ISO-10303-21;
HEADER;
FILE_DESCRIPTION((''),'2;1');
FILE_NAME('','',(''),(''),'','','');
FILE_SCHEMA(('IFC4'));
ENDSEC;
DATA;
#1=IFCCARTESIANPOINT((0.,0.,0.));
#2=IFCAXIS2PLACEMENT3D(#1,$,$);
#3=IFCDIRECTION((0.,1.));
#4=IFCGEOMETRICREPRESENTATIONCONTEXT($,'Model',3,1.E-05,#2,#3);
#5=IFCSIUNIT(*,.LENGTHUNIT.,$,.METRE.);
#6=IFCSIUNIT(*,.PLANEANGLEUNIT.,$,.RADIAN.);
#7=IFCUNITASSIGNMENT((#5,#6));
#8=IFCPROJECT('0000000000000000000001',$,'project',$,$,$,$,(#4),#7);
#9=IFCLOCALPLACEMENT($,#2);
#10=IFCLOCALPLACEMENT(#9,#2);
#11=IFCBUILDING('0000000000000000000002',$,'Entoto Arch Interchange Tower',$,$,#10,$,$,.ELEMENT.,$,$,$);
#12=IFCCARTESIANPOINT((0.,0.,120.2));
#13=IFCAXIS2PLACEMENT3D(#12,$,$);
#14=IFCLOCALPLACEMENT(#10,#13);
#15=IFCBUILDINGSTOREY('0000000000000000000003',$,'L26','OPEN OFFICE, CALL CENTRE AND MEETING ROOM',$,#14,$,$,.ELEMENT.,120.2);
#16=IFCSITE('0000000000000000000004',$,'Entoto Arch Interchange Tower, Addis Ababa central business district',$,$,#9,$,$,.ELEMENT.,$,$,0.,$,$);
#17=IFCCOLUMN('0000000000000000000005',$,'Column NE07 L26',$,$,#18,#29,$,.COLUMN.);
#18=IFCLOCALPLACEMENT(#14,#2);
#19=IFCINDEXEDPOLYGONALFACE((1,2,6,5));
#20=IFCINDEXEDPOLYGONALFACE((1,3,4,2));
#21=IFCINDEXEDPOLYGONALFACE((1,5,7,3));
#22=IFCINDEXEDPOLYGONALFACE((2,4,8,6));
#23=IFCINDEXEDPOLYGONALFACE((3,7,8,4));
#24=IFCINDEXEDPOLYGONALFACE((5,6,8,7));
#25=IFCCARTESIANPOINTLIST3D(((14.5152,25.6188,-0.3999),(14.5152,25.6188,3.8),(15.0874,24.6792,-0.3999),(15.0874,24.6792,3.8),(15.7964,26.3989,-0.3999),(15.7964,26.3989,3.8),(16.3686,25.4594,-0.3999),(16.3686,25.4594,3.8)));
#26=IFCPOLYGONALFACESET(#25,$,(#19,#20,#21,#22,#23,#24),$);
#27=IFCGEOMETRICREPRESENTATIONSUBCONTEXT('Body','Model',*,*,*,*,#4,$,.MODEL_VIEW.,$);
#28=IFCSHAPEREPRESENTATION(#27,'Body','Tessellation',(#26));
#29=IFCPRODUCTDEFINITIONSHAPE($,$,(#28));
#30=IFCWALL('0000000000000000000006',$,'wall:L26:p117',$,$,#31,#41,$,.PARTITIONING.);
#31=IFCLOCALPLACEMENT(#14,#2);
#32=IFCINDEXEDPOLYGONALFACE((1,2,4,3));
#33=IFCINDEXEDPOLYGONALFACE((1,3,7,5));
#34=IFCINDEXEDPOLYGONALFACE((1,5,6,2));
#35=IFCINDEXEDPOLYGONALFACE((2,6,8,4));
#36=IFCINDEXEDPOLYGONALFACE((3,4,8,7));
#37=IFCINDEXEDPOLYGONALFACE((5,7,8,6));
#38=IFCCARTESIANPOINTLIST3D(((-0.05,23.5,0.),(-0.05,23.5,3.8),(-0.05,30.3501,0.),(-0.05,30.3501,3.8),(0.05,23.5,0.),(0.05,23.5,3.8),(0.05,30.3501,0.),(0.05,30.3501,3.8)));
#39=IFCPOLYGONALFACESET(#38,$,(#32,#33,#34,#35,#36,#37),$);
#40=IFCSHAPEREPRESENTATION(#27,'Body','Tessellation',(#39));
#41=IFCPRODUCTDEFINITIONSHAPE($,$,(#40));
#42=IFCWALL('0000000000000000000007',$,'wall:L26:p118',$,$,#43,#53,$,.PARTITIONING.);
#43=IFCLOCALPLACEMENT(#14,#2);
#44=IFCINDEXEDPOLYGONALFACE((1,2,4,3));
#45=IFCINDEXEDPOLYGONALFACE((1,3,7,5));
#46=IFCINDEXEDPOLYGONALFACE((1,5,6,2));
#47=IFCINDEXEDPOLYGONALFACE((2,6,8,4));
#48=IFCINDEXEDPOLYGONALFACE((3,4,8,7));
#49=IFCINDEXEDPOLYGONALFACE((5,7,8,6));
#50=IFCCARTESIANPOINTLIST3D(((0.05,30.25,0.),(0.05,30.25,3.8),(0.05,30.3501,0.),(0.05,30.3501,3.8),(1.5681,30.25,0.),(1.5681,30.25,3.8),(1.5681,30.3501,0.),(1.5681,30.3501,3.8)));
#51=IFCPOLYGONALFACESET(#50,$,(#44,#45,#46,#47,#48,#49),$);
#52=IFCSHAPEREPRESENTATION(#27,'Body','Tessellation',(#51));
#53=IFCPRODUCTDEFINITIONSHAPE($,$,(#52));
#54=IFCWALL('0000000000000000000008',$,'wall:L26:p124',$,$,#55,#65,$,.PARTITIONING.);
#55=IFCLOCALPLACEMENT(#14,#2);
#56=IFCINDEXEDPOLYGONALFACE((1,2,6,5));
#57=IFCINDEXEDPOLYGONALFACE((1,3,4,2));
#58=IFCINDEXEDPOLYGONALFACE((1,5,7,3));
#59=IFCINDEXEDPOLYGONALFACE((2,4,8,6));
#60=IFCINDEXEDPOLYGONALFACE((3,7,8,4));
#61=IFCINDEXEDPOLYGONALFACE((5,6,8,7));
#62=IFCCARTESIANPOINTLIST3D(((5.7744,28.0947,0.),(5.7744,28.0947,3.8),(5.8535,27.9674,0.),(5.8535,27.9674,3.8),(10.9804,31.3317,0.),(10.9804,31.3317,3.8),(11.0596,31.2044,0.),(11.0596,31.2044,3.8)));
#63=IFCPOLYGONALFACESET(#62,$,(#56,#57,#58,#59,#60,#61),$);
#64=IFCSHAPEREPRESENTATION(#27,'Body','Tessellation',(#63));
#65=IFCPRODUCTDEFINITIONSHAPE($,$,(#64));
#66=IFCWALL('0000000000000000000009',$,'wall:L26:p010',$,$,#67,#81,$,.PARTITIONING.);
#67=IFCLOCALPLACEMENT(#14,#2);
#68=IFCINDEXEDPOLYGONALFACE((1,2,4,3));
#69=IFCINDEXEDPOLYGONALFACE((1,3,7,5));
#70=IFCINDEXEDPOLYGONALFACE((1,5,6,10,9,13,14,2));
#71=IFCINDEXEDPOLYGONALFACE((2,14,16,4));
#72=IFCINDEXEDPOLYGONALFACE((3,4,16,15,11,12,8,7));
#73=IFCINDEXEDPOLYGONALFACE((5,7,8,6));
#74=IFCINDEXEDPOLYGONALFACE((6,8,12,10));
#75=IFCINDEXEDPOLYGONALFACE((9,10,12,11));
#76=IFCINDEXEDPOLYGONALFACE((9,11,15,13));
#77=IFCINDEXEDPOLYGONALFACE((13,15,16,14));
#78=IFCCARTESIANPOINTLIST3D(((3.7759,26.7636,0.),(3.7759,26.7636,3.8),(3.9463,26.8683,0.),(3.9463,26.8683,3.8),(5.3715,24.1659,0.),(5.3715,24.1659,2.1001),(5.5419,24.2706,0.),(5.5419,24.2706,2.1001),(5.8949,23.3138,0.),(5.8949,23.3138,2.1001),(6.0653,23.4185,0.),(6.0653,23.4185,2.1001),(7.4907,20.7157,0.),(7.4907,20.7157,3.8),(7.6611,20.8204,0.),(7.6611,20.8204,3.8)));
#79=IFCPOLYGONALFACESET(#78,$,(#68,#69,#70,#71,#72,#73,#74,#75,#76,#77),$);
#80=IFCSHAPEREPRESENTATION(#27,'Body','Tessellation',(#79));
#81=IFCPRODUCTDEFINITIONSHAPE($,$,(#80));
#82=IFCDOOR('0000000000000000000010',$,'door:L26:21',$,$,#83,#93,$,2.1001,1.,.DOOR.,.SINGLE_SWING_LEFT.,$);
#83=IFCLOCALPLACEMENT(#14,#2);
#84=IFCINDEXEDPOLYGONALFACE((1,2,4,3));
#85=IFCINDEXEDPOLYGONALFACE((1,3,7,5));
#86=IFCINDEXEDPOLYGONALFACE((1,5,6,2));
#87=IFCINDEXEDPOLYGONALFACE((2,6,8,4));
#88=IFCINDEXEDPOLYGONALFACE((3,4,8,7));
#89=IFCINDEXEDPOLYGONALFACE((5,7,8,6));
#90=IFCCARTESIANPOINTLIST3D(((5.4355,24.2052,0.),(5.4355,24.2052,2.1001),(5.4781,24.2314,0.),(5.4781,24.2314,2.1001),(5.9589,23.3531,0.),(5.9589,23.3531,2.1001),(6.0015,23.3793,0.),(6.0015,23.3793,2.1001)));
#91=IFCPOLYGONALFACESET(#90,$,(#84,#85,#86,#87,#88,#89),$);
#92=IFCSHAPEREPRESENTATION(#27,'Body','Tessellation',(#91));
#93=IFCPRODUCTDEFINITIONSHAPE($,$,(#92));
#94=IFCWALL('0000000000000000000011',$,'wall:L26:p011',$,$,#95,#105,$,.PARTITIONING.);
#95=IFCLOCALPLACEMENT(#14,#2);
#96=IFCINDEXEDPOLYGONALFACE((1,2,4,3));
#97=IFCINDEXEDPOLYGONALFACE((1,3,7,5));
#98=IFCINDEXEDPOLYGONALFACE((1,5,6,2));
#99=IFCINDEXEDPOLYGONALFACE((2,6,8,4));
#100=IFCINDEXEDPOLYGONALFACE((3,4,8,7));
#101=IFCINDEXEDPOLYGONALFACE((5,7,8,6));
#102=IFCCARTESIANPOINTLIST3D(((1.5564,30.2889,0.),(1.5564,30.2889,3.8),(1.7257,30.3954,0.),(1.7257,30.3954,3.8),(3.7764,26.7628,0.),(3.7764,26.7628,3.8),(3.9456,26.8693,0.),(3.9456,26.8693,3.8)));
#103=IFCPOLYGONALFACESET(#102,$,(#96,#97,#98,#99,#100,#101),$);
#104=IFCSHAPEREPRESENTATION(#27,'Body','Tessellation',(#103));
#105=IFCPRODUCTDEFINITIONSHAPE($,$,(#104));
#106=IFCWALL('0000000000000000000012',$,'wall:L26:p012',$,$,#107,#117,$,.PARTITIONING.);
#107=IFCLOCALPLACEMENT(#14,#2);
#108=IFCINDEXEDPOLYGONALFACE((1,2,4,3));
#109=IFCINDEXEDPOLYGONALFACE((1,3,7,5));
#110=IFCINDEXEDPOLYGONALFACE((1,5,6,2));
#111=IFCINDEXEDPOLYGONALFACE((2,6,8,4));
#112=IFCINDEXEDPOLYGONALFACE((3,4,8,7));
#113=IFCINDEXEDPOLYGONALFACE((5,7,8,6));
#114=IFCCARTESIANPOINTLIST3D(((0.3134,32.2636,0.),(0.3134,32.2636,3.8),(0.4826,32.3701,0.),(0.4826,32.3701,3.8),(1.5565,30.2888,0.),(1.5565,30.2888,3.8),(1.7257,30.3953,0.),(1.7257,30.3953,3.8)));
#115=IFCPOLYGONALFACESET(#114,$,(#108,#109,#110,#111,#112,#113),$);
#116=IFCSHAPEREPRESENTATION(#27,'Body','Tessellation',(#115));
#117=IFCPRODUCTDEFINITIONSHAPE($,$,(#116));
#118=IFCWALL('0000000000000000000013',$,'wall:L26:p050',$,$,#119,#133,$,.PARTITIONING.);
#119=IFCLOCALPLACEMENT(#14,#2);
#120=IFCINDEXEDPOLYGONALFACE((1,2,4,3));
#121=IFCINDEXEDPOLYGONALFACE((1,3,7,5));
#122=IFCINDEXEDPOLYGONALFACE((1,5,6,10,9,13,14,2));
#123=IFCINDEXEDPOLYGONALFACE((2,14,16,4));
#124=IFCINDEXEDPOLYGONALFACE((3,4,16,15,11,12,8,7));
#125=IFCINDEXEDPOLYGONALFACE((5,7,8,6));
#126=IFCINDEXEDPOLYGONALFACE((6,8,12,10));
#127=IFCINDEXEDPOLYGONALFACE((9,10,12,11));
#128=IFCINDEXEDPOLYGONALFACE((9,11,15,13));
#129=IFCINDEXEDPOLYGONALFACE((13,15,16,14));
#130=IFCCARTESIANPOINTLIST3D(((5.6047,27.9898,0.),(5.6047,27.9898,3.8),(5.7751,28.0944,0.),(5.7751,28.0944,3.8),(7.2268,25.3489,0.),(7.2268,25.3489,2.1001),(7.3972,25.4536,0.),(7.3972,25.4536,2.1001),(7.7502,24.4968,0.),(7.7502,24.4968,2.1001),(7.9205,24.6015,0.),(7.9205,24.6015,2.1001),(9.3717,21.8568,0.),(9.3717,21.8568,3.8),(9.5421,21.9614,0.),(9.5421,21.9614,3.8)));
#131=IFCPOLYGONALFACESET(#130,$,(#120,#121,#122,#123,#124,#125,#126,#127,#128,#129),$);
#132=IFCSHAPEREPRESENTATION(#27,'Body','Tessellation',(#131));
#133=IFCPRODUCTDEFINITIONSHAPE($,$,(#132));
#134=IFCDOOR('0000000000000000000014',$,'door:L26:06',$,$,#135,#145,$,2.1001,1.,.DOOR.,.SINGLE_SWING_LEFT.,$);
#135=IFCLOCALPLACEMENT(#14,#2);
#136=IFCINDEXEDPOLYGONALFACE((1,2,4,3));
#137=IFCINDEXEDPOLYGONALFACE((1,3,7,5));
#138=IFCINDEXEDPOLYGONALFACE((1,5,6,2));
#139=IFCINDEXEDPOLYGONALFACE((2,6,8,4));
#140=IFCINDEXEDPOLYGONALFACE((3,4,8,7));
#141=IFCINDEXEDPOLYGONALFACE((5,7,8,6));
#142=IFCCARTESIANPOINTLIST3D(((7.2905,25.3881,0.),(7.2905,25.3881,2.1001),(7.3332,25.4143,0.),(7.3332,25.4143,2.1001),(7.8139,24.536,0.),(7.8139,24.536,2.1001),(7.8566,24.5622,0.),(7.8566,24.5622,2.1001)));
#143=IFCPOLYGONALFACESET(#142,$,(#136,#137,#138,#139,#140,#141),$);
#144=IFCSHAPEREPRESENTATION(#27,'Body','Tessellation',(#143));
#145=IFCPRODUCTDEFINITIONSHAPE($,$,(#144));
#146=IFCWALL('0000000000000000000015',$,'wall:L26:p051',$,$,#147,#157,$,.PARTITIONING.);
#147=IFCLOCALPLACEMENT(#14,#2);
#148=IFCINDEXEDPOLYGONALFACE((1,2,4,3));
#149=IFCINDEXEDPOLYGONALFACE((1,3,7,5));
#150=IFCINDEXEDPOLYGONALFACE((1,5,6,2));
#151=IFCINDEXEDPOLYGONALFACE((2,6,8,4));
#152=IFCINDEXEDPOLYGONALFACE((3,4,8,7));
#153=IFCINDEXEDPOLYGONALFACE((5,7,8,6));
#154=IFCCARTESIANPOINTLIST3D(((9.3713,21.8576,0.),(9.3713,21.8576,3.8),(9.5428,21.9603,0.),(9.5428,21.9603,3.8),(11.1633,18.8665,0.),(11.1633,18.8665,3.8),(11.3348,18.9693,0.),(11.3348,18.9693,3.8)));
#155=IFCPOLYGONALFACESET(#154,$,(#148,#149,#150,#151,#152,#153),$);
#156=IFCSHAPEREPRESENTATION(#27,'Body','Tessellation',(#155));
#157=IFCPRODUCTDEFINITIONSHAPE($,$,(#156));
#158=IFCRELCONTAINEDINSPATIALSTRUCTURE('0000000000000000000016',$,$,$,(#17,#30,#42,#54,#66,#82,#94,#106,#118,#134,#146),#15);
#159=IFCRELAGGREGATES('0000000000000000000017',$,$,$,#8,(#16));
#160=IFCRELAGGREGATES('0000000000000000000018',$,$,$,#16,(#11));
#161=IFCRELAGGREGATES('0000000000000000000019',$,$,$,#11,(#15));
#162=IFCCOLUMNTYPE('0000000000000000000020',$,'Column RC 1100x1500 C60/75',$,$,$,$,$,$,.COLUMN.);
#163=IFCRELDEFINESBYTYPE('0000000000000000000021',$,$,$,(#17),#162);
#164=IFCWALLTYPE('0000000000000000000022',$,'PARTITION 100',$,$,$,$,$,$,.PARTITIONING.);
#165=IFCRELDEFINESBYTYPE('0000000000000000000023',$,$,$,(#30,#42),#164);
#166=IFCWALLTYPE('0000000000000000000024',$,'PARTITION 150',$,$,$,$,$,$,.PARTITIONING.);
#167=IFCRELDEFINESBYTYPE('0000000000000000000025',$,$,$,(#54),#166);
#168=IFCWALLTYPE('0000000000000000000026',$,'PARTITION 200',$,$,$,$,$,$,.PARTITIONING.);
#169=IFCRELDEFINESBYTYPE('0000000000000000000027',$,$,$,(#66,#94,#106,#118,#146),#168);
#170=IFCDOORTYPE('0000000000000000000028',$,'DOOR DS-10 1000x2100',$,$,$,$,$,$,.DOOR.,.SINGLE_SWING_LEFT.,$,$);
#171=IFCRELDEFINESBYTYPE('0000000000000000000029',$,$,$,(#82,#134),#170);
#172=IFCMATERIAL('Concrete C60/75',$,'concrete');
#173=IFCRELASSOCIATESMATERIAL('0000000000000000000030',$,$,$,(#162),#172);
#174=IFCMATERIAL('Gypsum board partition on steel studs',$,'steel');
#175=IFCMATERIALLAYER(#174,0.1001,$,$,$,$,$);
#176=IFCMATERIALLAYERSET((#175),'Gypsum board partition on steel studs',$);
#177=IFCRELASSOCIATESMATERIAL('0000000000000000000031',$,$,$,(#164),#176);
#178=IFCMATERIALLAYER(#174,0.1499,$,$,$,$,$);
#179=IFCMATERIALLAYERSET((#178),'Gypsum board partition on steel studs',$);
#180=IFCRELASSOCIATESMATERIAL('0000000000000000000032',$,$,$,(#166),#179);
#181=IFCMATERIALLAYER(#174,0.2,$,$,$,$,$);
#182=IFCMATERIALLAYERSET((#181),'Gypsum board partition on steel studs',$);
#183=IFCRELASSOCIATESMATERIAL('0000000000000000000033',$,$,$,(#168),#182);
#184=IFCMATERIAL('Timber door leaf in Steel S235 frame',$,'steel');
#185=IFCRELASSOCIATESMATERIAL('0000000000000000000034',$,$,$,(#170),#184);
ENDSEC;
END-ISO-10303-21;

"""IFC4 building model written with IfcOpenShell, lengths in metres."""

from ifc_helpers import new_model, si_unit, direction, frame, frame_2d, origin, origin_2d, place, context, subcontext, project, spatial, rectangle, extrude, material, layer, layer_set, material_profile, profile_set, type_object, element, fill, save


model = new_model("IFC4")

# Units and contexts
model_context = context("Model", 3, precision=1e-05, world=origin(), true_north=direction((0.0, 1.0)))
body_context = subcontext(model_context, "Body", "Model", "MODEL_VIEW")
ifc_project = project(units=[si_unit("LENGTHUNIT", "METRE"), si_unit("PLANEANGLEUNIT", "RADIAN")], contexts=[model_context])

# Site, building, storey
site_placement = place(None, origin())
site = spatial("IfcSite", under=ifc_project, at=site_placement, Name="Entoto Arch Interchange Tower, Addis Ababa central business district", CompositionType="ELEMENT", RefElevation=0.0)
building_placement = place(site_placement, origin())
building = spatial("IfcBuilding", under=site, at=building_placement, Name="Entoto Arch Interchange Tower", CompositionType="ELEMENT")
storey_placement = place(building_placement, frame((0.0, 0.0, 120.2)))
storey = spatial("IfcBuildingStorey", under=building, at=storey_placement, Name="L26", Description="OPEN OFFICE, CALL CENTRE AND MEETING ROOM", CompositionType="ELEMENT", Elevation=120.2)

# Column
ifc_material_1 = material(Name="Concrete C60/75", Category="concrete")
ifc_material_profile = material_profile(ifc_material_1, rectangle(XDim=1.1001, YDim=1.5, at=origin_2d()))
ifc_profile_set = profile_set([ifc_material_profile], Name="Concrete C60/75")
column_type = type_object("IfcColumnType", Name="Column RC 1100x1500 C60/75", PredefinedType="COLUMN", material=ifc_profile_set)
column_placement = place(storey_placement, frame((15.4419, 25.5391, -0.3999), z_axis=(0.0, 0.0, 1.0), x_axis=(-0.520116, 0.854096, 0.0)))
element("IfcColumn", 1, at=column_placement, inside=storey, type_object=column_type, Name="Column NE07 L26", PredefinedType="COLUMN", context=body_context, shape_type="SweptSolid", body=[
    extrude(rectangle(XDim=1.1001, YDim=1.5, at=origin_2d()), origin(), (0.0, 0.0, 1.0), 4.2),
])

# Walls
ifc_material_2 = material(Name="Gypsum board partition on steel studs", Category="steel")
ifc_layer_1 = layer(ifc_material_2, 0.1001)
ifc_layer_set_1 = layer_set([ifc_layer_1], Name="Gypsum board partition on steel studs")
wall_type_1 = type_object("IfcWallType", Name="PARTITION 100", PredefinedType="PARTITIONING", material=ifc_layer_set_1)
wall_1_placement = place(storey_placement, frame((0.0, 23.5, 0.0), z_axis=(0.0, 0.0, 1.0), x_axis=(0.0, 1.0, 0.0)))
element("IfcWall", 2, at=wall_1_placement, inside=storey, type_object=wall_type_1, Name="wall:L26:p117", PredefinedType="PARTITIONING", context=body_context, shape_type="SweptSolid", body=[
    extrude(rectangle(XDim=6.8501, YDim=0.1001, at=frame_2d((3.425, 0.0))), origin(), (0.0, 0.0, 1.0), 3.8),
])
wall_2_placement = place(storey_placement, frame((0.05, 30.3, 0.0), z_axis=(0.0, 0.0, 1.0), x_axis=(1.0, 0.0, 0.0)))
element("IfcWall", 3, at=wall_2_placement, inside=storey, type_object=wall_type_1, Name="wall:L26:p118", PredefinedType="PARTITIONING", context=body_context, shape_type="SweptSolid", body=[
    extrude(rectangle(XDim=1.5181, YDim=0.1001, at=frame_2d((0.759, 0.0))), origin(), (0.0, 0.0, 1.0), 3.8),
])
ifc_layer_2 = layer(ifc_material_2, 0.1499)
ifc_layer_set_2 = layer_set([ifc_layer_2], Name="Gypsum board partition on steel studs")
wall_type_2 = type_object("IfcWallType", Name="PARTITION 150", PredefinedType="PARTITIONING", material=ifc_layer_set_2)
wall_3_placement = place(storey_placement, frame((5.814, 28.031, 0.0), z_axis=(0.0, 0.0, 1.0), x_axis=(0.849222, 0.528036, 0.0)))
element("IfcWall", 4, at=wall_3_placement, inside=storey, type_object=wall_type_2, Name="wall:L26:p124", PredefinedType="PARTITIONING", context=body_context, shape_type="SweptSolid", body=[
    extrude(rectangle(XDim=6.1304, YDim=0.1499, at=frame_2d((3.0652, 0.0))), origin(), (0.0, 0.0, 1.0), 3.8),
])

# Wall, opening, door
ifc_layer_3 = layer(ifc_material_2, 0.2)
ifc_layer_set_3 = layer_set([ifc_layer_3], Name="Gypsum board partition on steel studs")
wall_type_3 = type_object("IfcWallType", Name="PARTITION 200", PredefinedType="PARTITIONING", material=ifc_layer_set_3)
wall_4_placement = place(storey_placement, frame((7.5759, 20.7681, 0.0), z_axis=(0.0, 0.0, 1.0), x_axis=(-0.523391, 0.852093, 0.0)))
wall_4 = element("IfcWall", 5, at=wall_4_placement, inside=storey, type_object=wall_type_3, Name="wall:L26:p010", PredefinedType="PARTITIONING", context=body_context, shape_type="SweptSolid", body=[
    extrude(rectangle(XDim=7.0977, YDim=0.2, at=frame_2d((3.5488, 0.0))), origin(), (0.0, 0.0, 1.0), 3.8),
])
opening_1_placement = place(wall_4_placement, frame((3.0491, 0.0, 0.0)))
opening_1 = element("IfcOpeningElement", 6, at=opening_1_placement, cuts=wall_4, PredefinedType="OPENING", context=body_context, shape_type="SweptSolid", body=[
    extrude(rectangle(XDim=1.0, YDim=2.1001, at=frame_2d((0.5, 1.05))), frame((0.0, 0.1099, 0.0), z_axis=(0.0, -1.0, 0.0), x_axis=(1.0, 0.0, 0.0)), (0.0, 0.0, 1.0), 0.22),
])
ifc_material_3 = material(Name="Timber door leaf in Steel S235 frame", Category="steel")
door_type = type_object("IfcDoorType", Name="DOOR DS-10 1000x2100", OperationType="SINGLE_SWING_LEFT", PredefinedType="DOOR", material=ifc_material_3)
door_1_placement = place(opening_1_placement, origin())
door_1 = element("IfcDoor", 7, at=door_1_placement, inside=storey, type_object=door_type, Name="door:L26:21", OperationType="SINGLE_SWING_LEFT", OverallHeight=2.1001, OverallWidth=1.0, PredefinedType="DOOR", context=body_context, shape_type="SweptSolid", body=[
    extrude(rectangle(XDim=1.0, YDim=2.1001, at=frame_2d((0.5, 1.05))), frame((0.0, 0.0249, 0.0), z_axis=(0.0, -1.0, 0.0), x_axis=(1.0, 0.0, 0.0)), (0.0, 0.0, 1.0), 0.05),
])
fill(opening_1, door_1)

# Walls
wall_5_placement = place(storey_placement, frame((3.8611, 26.8159, 0.0), z_axis=(0.0, 0.0, 1.0), x_axis=(-0.532782, 0.846252, 0.0)))
element("IfcWall", 8, at=wall_5_placement, inside=storey, type_object=wall_type_3, Name="wall:L26:p011", PredefinedType="PARTITIONING", context=body_context, shape_type="SweptSolid", body=[
    extrude(rectangle(XDim=4.1667, YDim=0.2, at=frame_2d((2.0835, 0.0))), origin(), (0.0, 0.0, 1.0), 3.8),
])
wall_6_placement = place(storey_placement, frame((1.6411, 30.342, 0.0), z_axis=(0.0, 0.0, 1.0), x_axis=(-0.532733, 0.846284, 0.0)))
element("IfcWall", 9, at=wall_6_placement, inside=storey, type_object=wall_type_3, Name="wall:L26:p012", PredefinedType="PARTITIONING", context=body_context, shape_type="SweptSolid", body=[
    extrude(rectangle(XDim=2.3335, YDim=0.2, at=frame_2d((1.1667, 0.0))), origin(), (0.0, 0.0, 1.0), 3.8),
])

# Wall, opening, door
wall_7_placement = place(storey_placement, frame((5.6899, 28.042, 0.0), z_axis=(0.0, 0.0, 1.0), x_axis=(0.523382, -0.852098, 0.0)))
wall_7 = element("IfcWall", 10, at=wall_7_placement, inside=storey, type_object=wall_type_3, Name="wall:L26:p050", PredefinedType="PARTITIONING", context=body_context, shape_type="SweptSolid", body=[
    extrude(rectangle(XDim=7.1975, YDim=0.2, at=frame_2d((3.5986, 0.0))), origin(), (0.0, 0.0, 1.0), 3.8),
])
opening_2_placement = place(wall_7_placement, frame((3.0991, 0.0, 0.0)))
opening_2 = element("IfcOpeningElement", 11, at=opening_2_placement, cuts=wall_7, PredefinedType="OPENING", context=body_context, shape_type="SweptSolid", body=[
    extrude(rectangle(XDim=1.0, YDim=2.1001, at=frame_2d((0.5, 1.05))), frame((0.0, 0.1099, 0.0), z_axis=(0.0, -1.0, 0.0), x_axis=(1.0, 0.0, 0.0)), (0.0, 0.0, 1.0), 0.22),
])
door_2_placement = place(opening_2_placement, origin())
door_2 = element("IfcDoor", 12, at=door_2_placement, inside=storey, type_object=door_type, Name="door:L26:06", OperationType="SINGLE_SWING_LEFT", OverallHeight=2.1001, OverallWidth=1.0, PredefinedType="DOOR", context=body_context, shape_type="SweptSolid", body=[
    extrude(rectangle(XDim=1.0, YDim=2.1001, at=frame_2d((0.5, 1.05))), frame((0.0, 0.0249, 0.0), z_axis=(0.0, -1.0, 0.0), x_axis=(1.0, 0.0, 0.0)), (0.0, 0.0, 1.0), 0.05),
])
fill(opening_2, door_2)

# Wall
wall_8_placement = place(storey_placement, frame((9.457, 21.9089, 0.0), z_axis=(0.0, 0.0, 1.0), x_axis=(0.51395, -0.85782, 0.0)))
element("IfcWall", 13, at=wall_8_placement, inside=storey, type_object=wall_type_3, Name="wall:L26:p051", PredefinedType="PARTITIONING", context=body_context, shape_type="SweptSolid", body=[
    extrude(rectangle(XDim=3.4868, YDim=0.2, at=frame_2d((1.7434, 0.0))), origin(), (0.0, 0.0, 1.0), 3.8),
])

save(model, "model.ifc")
